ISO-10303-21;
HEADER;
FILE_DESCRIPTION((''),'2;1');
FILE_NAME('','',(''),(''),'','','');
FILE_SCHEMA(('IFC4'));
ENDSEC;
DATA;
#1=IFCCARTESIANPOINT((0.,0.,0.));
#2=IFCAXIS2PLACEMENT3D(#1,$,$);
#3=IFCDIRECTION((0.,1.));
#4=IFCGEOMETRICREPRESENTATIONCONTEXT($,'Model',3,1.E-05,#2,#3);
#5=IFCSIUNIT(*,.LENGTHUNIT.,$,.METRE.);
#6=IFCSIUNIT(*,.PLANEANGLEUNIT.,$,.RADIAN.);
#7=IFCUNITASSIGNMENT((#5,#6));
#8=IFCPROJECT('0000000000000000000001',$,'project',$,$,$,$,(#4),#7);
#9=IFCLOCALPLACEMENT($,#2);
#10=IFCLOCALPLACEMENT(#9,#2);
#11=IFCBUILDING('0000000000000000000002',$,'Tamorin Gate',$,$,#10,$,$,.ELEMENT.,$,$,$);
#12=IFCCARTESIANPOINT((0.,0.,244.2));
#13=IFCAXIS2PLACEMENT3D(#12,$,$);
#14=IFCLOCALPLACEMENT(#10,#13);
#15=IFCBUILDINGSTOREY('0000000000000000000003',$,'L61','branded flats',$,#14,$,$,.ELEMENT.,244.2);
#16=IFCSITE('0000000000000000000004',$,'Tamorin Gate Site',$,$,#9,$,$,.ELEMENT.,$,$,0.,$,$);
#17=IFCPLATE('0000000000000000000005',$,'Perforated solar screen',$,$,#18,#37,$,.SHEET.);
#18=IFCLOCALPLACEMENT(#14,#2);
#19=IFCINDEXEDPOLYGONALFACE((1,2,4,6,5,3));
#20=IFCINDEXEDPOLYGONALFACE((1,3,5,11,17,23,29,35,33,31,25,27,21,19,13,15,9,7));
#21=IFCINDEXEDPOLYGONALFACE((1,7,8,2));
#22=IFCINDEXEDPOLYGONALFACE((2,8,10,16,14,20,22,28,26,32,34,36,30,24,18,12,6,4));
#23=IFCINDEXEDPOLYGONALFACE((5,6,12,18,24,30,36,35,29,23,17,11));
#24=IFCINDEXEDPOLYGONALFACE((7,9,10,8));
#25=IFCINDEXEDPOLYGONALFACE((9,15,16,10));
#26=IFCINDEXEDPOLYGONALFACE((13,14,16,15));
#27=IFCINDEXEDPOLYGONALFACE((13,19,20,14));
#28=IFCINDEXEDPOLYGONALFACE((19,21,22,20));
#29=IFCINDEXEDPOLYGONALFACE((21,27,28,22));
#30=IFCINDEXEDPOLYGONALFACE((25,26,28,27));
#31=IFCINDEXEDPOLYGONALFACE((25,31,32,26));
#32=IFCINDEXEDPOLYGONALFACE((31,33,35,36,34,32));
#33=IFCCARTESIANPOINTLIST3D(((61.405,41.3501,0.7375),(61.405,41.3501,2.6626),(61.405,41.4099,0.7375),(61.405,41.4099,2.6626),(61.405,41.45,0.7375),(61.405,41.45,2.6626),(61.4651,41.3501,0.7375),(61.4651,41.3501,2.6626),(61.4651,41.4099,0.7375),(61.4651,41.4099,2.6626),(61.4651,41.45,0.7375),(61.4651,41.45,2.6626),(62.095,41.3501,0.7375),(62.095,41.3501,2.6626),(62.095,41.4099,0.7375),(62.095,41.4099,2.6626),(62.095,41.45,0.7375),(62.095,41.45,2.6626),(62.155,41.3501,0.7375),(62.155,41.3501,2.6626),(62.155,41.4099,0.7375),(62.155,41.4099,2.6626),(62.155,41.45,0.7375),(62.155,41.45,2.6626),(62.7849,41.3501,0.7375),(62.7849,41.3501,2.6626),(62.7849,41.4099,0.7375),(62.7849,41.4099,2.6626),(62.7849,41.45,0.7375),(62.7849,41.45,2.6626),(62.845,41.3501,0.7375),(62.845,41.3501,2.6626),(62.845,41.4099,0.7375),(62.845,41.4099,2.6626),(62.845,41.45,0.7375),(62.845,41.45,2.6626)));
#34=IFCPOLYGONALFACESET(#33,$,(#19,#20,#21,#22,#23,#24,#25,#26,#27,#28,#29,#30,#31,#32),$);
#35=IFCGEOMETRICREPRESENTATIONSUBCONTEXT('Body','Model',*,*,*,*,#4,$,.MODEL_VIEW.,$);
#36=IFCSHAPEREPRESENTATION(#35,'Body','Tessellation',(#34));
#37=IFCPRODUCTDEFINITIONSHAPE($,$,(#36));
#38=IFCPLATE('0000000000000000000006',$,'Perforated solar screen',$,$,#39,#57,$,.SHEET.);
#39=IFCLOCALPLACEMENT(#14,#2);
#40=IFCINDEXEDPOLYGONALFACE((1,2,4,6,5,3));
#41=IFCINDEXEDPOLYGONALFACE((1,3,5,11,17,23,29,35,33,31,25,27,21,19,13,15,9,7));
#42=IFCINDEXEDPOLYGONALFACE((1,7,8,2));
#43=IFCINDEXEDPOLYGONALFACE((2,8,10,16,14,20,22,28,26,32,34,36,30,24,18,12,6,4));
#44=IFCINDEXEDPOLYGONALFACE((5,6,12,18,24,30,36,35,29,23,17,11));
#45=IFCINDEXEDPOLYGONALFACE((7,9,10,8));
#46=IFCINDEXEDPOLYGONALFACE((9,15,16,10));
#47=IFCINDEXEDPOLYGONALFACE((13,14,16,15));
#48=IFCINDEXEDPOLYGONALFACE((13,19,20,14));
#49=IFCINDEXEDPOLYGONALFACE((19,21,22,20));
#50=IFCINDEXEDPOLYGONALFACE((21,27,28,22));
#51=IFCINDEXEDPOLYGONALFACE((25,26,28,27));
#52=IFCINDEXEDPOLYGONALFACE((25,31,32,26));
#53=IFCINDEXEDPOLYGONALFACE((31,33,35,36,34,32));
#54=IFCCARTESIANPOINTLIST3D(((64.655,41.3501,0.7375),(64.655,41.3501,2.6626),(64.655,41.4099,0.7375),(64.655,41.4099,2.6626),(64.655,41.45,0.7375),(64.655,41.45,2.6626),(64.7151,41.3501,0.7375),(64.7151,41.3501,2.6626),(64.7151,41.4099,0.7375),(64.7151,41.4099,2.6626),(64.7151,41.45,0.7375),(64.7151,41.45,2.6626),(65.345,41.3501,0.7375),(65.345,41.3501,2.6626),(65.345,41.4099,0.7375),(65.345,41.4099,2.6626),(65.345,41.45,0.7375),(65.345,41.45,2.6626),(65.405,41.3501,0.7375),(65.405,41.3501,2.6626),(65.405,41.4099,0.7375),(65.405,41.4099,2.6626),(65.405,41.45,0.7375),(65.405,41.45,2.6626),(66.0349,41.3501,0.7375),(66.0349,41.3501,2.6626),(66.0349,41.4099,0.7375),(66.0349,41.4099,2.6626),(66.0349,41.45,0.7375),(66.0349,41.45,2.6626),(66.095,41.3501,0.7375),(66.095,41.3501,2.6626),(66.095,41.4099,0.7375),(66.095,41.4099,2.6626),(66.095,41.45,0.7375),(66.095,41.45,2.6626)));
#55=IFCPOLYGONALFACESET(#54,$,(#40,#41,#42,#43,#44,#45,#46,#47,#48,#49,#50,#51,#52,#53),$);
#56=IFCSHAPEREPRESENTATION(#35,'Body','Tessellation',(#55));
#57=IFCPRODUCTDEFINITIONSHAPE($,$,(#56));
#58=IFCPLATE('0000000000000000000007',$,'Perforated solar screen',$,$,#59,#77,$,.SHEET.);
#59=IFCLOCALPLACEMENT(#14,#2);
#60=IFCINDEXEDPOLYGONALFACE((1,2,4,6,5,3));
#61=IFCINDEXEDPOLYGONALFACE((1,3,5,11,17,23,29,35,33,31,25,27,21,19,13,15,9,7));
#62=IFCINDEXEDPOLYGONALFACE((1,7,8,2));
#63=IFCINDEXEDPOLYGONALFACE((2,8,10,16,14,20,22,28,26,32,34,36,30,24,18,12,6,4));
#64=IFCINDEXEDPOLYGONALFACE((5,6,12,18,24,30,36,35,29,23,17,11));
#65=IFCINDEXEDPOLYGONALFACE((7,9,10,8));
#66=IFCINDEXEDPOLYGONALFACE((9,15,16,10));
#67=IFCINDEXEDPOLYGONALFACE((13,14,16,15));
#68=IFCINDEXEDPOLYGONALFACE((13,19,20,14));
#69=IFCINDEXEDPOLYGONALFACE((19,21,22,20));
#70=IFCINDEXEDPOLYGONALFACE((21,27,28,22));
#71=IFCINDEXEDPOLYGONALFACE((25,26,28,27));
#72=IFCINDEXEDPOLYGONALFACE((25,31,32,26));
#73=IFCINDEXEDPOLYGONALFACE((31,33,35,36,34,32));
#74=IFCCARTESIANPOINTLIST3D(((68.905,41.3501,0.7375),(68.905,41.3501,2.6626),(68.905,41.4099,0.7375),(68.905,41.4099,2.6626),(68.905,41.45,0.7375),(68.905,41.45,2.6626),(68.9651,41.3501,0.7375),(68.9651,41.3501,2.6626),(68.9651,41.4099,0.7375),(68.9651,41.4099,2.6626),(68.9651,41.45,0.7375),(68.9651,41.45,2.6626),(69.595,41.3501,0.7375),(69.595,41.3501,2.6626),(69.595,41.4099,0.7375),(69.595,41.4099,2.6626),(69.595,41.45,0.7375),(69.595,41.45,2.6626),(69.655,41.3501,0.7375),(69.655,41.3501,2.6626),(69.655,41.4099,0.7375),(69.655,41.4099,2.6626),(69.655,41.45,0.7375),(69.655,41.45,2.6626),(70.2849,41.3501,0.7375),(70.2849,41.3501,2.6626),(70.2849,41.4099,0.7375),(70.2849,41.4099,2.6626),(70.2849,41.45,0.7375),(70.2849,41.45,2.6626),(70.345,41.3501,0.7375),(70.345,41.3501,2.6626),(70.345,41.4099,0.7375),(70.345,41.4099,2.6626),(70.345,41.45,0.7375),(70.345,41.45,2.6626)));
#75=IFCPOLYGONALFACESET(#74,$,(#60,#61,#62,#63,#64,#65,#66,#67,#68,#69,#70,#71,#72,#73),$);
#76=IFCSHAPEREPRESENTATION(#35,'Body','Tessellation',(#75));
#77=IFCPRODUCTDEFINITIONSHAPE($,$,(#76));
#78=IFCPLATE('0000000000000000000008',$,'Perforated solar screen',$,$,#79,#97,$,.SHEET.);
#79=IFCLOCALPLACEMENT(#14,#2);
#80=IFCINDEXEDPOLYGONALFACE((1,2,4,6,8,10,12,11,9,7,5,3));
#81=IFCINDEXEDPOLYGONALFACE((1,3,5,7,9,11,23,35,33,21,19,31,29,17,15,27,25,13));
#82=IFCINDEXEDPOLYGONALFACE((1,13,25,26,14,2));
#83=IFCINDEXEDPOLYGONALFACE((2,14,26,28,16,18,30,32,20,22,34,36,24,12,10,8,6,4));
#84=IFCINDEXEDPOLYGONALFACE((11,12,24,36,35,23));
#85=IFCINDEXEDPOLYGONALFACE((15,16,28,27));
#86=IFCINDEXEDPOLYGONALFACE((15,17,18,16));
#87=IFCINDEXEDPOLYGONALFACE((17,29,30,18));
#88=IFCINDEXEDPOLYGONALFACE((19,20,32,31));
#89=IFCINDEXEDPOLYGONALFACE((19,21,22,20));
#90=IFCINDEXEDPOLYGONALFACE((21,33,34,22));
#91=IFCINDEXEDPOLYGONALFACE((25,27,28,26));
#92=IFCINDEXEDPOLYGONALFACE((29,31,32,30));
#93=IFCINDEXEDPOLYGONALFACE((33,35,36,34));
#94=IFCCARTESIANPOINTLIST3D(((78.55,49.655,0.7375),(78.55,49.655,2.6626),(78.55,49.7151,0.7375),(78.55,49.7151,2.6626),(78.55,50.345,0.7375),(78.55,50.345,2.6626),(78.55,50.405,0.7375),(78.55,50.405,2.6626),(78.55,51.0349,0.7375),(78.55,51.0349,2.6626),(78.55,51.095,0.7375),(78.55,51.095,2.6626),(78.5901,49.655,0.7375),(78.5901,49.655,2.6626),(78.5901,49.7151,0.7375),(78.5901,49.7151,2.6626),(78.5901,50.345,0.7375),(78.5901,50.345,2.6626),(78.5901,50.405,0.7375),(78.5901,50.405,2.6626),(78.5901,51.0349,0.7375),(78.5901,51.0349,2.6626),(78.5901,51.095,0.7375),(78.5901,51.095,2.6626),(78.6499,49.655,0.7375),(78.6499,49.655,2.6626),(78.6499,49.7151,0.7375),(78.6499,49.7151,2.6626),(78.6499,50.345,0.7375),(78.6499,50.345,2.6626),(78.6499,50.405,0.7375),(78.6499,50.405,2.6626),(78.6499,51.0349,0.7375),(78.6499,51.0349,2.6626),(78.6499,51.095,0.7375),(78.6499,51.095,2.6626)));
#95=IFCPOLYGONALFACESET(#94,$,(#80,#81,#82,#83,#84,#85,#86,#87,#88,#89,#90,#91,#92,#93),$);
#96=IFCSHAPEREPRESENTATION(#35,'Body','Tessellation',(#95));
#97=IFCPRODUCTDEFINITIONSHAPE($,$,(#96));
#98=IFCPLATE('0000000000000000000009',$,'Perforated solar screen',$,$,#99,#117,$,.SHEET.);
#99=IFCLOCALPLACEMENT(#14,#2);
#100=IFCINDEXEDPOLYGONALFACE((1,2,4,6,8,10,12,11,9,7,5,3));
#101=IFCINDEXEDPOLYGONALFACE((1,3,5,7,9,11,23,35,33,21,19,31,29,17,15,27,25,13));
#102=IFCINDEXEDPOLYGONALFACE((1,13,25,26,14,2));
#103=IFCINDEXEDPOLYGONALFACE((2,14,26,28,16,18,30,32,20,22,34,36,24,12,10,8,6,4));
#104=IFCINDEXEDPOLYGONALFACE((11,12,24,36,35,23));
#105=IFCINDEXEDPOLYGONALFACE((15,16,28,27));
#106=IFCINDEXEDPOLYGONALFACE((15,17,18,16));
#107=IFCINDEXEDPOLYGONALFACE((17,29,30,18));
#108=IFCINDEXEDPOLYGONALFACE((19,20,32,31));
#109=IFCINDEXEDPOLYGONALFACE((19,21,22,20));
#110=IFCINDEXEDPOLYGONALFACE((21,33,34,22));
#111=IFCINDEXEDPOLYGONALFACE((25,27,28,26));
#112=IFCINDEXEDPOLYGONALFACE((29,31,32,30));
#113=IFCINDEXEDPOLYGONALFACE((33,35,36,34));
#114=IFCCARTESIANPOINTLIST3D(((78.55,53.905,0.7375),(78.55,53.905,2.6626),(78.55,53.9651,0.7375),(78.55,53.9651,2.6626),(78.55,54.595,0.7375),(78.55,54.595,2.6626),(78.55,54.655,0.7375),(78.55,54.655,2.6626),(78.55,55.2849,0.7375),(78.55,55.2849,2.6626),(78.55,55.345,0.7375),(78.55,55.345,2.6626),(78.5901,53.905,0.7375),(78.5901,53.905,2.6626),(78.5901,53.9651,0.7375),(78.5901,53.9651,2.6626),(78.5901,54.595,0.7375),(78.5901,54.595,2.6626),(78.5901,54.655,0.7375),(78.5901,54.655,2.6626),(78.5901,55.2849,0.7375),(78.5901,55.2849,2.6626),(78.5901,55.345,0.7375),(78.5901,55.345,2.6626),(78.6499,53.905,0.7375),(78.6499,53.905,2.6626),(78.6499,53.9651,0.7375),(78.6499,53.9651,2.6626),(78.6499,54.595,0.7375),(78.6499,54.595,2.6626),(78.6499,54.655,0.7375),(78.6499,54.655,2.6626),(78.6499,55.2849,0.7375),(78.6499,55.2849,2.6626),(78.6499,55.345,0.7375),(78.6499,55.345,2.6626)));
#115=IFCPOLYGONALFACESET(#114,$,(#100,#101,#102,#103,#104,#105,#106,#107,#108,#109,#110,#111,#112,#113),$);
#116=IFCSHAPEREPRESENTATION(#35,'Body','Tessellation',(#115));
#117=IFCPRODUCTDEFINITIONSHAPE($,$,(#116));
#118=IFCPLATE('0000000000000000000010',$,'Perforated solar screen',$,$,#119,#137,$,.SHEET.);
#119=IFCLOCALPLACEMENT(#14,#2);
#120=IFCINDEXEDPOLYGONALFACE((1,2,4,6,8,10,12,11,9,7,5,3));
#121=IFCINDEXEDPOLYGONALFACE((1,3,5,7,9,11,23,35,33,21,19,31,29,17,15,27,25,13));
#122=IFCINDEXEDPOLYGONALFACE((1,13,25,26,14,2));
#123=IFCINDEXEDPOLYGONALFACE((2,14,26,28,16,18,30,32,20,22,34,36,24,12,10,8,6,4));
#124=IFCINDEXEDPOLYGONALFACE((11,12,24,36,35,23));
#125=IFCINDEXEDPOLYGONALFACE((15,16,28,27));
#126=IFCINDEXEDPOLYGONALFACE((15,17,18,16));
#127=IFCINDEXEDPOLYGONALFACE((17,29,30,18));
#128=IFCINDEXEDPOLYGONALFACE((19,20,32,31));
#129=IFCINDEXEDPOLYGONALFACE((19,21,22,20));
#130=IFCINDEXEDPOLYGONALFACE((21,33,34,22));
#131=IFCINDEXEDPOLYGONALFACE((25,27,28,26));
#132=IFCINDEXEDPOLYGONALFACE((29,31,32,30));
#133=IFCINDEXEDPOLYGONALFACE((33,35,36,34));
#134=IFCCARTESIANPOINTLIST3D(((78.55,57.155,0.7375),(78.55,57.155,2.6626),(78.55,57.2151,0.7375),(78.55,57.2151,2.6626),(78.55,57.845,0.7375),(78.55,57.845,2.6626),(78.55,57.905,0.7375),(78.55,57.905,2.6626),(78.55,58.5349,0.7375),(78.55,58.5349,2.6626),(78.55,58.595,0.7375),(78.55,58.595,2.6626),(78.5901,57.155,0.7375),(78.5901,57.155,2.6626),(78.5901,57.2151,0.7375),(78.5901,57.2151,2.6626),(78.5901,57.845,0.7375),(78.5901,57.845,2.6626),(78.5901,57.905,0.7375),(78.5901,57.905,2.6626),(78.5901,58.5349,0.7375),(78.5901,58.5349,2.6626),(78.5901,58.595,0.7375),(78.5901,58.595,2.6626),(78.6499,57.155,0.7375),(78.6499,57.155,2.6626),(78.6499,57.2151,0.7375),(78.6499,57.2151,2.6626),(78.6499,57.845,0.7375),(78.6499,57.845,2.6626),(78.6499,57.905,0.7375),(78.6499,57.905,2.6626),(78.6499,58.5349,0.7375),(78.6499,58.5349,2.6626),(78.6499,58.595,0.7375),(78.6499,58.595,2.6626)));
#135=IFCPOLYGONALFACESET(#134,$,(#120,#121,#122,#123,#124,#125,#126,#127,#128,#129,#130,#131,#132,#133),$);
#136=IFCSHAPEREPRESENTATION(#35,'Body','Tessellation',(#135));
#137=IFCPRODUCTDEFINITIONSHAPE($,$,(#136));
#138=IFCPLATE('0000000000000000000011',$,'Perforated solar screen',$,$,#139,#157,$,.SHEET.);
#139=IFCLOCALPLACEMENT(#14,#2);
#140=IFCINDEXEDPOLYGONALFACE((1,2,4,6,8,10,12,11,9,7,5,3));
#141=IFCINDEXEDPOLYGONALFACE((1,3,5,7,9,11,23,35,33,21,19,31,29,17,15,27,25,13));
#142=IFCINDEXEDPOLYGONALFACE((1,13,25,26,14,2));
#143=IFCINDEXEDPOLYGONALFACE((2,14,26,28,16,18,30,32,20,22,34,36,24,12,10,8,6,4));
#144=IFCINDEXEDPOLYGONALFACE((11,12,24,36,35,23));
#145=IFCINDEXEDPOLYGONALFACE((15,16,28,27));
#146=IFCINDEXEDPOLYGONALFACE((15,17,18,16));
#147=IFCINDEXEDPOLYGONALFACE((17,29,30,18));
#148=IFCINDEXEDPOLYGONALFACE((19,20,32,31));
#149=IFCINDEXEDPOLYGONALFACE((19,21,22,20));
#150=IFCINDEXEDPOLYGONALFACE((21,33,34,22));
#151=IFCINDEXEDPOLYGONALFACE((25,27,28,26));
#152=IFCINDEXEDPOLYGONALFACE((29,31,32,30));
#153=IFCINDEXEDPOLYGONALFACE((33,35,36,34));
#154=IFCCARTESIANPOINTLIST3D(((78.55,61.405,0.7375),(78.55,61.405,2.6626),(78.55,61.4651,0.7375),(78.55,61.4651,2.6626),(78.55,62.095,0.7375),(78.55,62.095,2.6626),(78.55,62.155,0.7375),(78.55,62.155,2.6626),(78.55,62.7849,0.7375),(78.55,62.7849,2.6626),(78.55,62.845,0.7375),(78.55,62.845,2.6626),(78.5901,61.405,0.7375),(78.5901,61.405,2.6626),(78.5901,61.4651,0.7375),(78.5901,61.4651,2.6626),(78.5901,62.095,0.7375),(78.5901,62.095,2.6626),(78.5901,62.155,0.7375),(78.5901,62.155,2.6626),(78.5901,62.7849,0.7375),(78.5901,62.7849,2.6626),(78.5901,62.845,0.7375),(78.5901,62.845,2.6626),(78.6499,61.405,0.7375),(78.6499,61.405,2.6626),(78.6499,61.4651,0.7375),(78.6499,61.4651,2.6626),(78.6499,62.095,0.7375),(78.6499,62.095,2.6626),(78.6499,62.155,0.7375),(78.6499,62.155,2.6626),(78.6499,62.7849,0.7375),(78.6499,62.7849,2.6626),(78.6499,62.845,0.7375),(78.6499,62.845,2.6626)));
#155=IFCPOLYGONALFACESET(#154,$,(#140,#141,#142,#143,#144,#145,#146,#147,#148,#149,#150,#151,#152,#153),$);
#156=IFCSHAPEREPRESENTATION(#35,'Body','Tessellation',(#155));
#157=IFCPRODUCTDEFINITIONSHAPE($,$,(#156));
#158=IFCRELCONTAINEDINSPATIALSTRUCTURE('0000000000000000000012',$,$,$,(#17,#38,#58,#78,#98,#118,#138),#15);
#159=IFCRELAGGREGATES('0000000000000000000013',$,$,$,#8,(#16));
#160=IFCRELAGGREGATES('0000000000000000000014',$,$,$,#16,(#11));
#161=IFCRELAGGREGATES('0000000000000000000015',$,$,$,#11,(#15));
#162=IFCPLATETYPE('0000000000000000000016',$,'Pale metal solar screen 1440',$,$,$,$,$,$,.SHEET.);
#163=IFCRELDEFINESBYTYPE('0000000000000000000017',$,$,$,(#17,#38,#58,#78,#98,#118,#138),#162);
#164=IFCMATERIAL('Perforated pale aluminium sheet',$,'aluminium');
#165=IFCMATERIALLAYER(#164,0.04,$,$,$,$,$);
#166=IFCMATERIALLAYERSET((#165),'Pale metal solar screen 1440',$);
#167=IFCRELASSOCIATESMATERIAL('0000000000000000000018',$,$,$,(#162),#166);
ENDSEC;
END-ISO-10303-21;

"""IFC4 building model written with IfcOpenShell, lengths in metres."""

from ifc_helpers import new_model, si_unit, direction, frame, origin, place, context, subcontext, project, spatial, polyline, outline, extrude, material, layer, layer_set, type_object, element, save


model = new_model("IFC4")

# Units and contexts
model_context = context("Model", 3, precision=1e-05, world=origin(), true_north=direction((0.0, 1.0)))
body_context = subcontext(model_context, "Body", "Model", "MODEL_VIEW")
ifc_project = project(units=[si_unit("LENGTHUNIT", "METRE"), si_unit("PLANEANGLEUNIT", "RADIAN")], contexts=[model_context])

# Site, building, storey
site_placement = place(None, origin())
site = spatial("IfcSite", under=ifc_project, at=site_placement, Name="Tamorin Gate Site", CompositionType="ELEMENT", RefElevation=0.0)
building_placement = place(site_placement, origin())
building = spatial("IfcBuilding", under=site, at=building_placement, Name="Tamorin Gate", CompositionType="ELEMENT")
storey_placement = place(building_placement, frame((0.0, 0.0, 244.2)))
storey = spatial("IfcBuildingStorey", under=building, at=storey_placement, Name="L61", Description="branded flats", CompositionType="ELEMENT", Elevation=244.2)

# Plates
ifc_material_1 = material(Name="Perforated pale aluminium sheet", Category="aluminium")
ifc_layer_1 = layer(ifc_material_1, 0.04)
ifc_layer_set_1 = layer_set([ifc_layer_1], Name="Pale metal solar screen 1440")
plate_type = type_object("IfcPlateType", Name="Pale metal solar screen 1440", PredefinedType="SHEET", material=ifc_layer_set_1)
plate_1_placement = place(storey_placement, frame((0.0, 0.0, 0.7375)))
element("IfcPlate", 1, at=plate_1_placement, inside=storey, type_object=plate_type, Name="Perforated solar screen", PredefinedType="SHEET", context=body_context, shape_type="SweptSolid", body=[
    extrude(outline(polyline([(61.405, 41.4099), (61.405, 41.45), (61.4651, 41.45), (62.095, 41.45), (62.155, 41.45), (62.7849, 41.45), (62.845, 41.45), (62.845, 41.4099), (62.845, 41.3501), (62.7849, 41.3501), (62.7849, 41.4099), (62.155, 41.4099), (62.155, 41.3501), (62.095, 41.3501), (62.095, 41.4099), (61.4651, 41.4099), (61.4651, 41.3501), (61.405, 41.3501), (61.405, 41.4099)])), origin(), (0.0, 0.0, 1.0), 1.925),
])
plate_2_placement = place(storey_placement, frame((0.0, 0.0, 0.7375)))
element("IfcPlate", 2, at=plate_2_placement, inside=storey, type_object=plate_type, Name="Perforated solar screen", PredefinedType="SHEET", context=body_context, shape_type="SweptSolid", body=[
    extrude(outline(polyline([(64.655, 41.4099), (64.655, 41.45), (64.7151, 41.45), (65.345, 41.45), (65.405, 41.45), (66.0349, 41.45), (66.095, 41.45), (66.095, 41.4099), (66.095, 41.3501), (66.0349, 41.3501), (66.0349, 41.4099), (65.405, 41.4099), (65.405, 41.3501), (65.345, 41.3501), (65.345, 41.4099), (64.7151, 41.4099), (64.7151, 41.3501), (64.655, 41.3501), (64.655, 41.4099)])), origin(), (0.0, 0.0, 1.0), 1.925),
])
plate_3_placement = place(storey_placement, frame((0.0, 0.0, 0.7375)))
element("IfcPlate", 3, at=plate_3_placement, inside=storey, type_object=plate_type, Name="Perforated solar screen", PredefinedType="SHEET", context=body_context, shape_type="SweptSolid", body=[
    extrude(outline(polyline([(68.905, 41.4099), (68.905, 41.45), (68.9651, 41.45), (69.595, 41.45), (69.655, 41.45), (70.2849, 41.45), (70.345, 41.45), (70.345, 41.4099), (70.345, 41.3501), (70.2849, 41.3501), (70.2849, 41.4099), (69.655, 41.4099), (69.655, 41.3501), (69.595, 41.3501), (69.595, 41.4099), (68.9651, 41.4099), (68.9651, 41.3501), (68.905, 41.3501), (68.905, 41.4099)])), origin(), (0.0, 0.0, 1.0), 1.925),
])
plate_4_placement = place(storey_placement, frame((0.0, 0.0, 0.7375)))
element("IfcPlate", 4, at=plate_4_placement, inside=storey, type_object=plate_type, Name="Perforated solar screen", PredefinedType="SHEET", context=body_context, shape_type="SweptSolid", body=[
    extrude(outline(polyline([(78.5901, 49.655), (78.55, 49.655), (78.55, 49.7151), (78.55, 50.345), (78.55, 50.405), (78.55, 51.0349), (78.55, 51.095), (78.55, 51.095), (78.5901, 51.095), (78.5901, 51.095), (78.6499, 51.095), (78.6499, 51.0349), (78.5901, 51.0349), (78.5901, 50.405), (78.6499, 50.405), (78.6499, 50.345), (78.5901, 50.345), (78.5901, 49.7151), (78.6499, 49.7151), (78.6499, 49.655), (78.5901, 49.655)])), origin(), (0.0, 0.0, 1.0), 1.925),
])
plate_5_placement = place(storey_placement, frame((0.0, 0.0, 0.7375)))
element("IfcPlate", 5, at=plate_5_placement, inside=storey, type_object=plate_type, Name="Perforated solar screen", PredefinedType="SHEET", context=body_context, shape_type="SweptSolid", body=[
    extrude(outline(polyline([(78.5901, 53.905), (78.55, 53.905), (78.55, 53.9651), (78.55, 54.595), (78.55, 54.655), (78.55, 55.2849), (78.55, 55.345), (78.5901, 55.345), (78.6499, 55.345), (78.6499, 55.2849), (78.5901, 55.2849), (78.5901, 54.655), (78.6499, 54.655), (78.6499, 54.595), (78.5901, 54.595), (78.5901, 53.9651), (78.6499, 53.9651), (78.6499, 53.905), (78.5901, 53.905)])), origin(), (0.0, 0.0, 1.0), 1.925),
])
plate_6_placement = place(storey_placement, frame((0.0, 0.0, 0.7375)))
element("IfcPlate", 6, at=plate_6_placement, inside=storey, type_object=plate_type, Name="Perforated solar screen", PredefinedType="SHEET", context=body_context, shape_type="SweptSolid", body=[
    extrude(outline(polyline([(78.5901, 57.155), (78.55, 57.155), (78.55, 57.2151), (78.55, 57.845), (78.55, 57.905), (78.55, 58.5349), (78.55, 58.595), (78.5901, 58.595), (78.6499, 58.595), (78.6499, 58.5349), (78.5901, 58.5349), (78.5901, 57.905), (78.6499, 57.905), (78.6499, 57.845), (78.5901, 57.845), (78.5901, 57.2151), (78.6499, 57.2151), (78.6499, 57.155), (78.5901, 57.155)])), origin(), (0.0, 0.0, 1.0), 1.925),
])
plate_7_placement = place(storey_placement, frame((0.0, 0.0, 0.7375)))
element("IfcPlate", 7, at=plate_7_placement, inside=storey, type_object=plate_type, Name="Perforated solar screen", PredefinedType="SHEET", context=body_context, shape_type="SweptSolid", body=[
    extrude(outline(polyline([(78.5901, 61.405), (78.55, 61.405), (78.55, 61.4651), (78.55, 62.095), (78.55, 62.155), (78.55, 62.7849), (78.55, 62.845), (78.5901, 62.845), (78.6499, 62.845), (78.6499, 62.7849), (78.5901, 62.7849), (78.5901, 62.155), (78.6499, 62.155), (78.6499, 62.095), (78.5901, 62.095), (78.5901, 61.4651), (78.6499, 61.4651), (78.6499, 61.405), (78.5901, 61.405)])), origin(), (0.0, 0.0, 1.0), 1.925),
])

save(model, "model.ifc")
